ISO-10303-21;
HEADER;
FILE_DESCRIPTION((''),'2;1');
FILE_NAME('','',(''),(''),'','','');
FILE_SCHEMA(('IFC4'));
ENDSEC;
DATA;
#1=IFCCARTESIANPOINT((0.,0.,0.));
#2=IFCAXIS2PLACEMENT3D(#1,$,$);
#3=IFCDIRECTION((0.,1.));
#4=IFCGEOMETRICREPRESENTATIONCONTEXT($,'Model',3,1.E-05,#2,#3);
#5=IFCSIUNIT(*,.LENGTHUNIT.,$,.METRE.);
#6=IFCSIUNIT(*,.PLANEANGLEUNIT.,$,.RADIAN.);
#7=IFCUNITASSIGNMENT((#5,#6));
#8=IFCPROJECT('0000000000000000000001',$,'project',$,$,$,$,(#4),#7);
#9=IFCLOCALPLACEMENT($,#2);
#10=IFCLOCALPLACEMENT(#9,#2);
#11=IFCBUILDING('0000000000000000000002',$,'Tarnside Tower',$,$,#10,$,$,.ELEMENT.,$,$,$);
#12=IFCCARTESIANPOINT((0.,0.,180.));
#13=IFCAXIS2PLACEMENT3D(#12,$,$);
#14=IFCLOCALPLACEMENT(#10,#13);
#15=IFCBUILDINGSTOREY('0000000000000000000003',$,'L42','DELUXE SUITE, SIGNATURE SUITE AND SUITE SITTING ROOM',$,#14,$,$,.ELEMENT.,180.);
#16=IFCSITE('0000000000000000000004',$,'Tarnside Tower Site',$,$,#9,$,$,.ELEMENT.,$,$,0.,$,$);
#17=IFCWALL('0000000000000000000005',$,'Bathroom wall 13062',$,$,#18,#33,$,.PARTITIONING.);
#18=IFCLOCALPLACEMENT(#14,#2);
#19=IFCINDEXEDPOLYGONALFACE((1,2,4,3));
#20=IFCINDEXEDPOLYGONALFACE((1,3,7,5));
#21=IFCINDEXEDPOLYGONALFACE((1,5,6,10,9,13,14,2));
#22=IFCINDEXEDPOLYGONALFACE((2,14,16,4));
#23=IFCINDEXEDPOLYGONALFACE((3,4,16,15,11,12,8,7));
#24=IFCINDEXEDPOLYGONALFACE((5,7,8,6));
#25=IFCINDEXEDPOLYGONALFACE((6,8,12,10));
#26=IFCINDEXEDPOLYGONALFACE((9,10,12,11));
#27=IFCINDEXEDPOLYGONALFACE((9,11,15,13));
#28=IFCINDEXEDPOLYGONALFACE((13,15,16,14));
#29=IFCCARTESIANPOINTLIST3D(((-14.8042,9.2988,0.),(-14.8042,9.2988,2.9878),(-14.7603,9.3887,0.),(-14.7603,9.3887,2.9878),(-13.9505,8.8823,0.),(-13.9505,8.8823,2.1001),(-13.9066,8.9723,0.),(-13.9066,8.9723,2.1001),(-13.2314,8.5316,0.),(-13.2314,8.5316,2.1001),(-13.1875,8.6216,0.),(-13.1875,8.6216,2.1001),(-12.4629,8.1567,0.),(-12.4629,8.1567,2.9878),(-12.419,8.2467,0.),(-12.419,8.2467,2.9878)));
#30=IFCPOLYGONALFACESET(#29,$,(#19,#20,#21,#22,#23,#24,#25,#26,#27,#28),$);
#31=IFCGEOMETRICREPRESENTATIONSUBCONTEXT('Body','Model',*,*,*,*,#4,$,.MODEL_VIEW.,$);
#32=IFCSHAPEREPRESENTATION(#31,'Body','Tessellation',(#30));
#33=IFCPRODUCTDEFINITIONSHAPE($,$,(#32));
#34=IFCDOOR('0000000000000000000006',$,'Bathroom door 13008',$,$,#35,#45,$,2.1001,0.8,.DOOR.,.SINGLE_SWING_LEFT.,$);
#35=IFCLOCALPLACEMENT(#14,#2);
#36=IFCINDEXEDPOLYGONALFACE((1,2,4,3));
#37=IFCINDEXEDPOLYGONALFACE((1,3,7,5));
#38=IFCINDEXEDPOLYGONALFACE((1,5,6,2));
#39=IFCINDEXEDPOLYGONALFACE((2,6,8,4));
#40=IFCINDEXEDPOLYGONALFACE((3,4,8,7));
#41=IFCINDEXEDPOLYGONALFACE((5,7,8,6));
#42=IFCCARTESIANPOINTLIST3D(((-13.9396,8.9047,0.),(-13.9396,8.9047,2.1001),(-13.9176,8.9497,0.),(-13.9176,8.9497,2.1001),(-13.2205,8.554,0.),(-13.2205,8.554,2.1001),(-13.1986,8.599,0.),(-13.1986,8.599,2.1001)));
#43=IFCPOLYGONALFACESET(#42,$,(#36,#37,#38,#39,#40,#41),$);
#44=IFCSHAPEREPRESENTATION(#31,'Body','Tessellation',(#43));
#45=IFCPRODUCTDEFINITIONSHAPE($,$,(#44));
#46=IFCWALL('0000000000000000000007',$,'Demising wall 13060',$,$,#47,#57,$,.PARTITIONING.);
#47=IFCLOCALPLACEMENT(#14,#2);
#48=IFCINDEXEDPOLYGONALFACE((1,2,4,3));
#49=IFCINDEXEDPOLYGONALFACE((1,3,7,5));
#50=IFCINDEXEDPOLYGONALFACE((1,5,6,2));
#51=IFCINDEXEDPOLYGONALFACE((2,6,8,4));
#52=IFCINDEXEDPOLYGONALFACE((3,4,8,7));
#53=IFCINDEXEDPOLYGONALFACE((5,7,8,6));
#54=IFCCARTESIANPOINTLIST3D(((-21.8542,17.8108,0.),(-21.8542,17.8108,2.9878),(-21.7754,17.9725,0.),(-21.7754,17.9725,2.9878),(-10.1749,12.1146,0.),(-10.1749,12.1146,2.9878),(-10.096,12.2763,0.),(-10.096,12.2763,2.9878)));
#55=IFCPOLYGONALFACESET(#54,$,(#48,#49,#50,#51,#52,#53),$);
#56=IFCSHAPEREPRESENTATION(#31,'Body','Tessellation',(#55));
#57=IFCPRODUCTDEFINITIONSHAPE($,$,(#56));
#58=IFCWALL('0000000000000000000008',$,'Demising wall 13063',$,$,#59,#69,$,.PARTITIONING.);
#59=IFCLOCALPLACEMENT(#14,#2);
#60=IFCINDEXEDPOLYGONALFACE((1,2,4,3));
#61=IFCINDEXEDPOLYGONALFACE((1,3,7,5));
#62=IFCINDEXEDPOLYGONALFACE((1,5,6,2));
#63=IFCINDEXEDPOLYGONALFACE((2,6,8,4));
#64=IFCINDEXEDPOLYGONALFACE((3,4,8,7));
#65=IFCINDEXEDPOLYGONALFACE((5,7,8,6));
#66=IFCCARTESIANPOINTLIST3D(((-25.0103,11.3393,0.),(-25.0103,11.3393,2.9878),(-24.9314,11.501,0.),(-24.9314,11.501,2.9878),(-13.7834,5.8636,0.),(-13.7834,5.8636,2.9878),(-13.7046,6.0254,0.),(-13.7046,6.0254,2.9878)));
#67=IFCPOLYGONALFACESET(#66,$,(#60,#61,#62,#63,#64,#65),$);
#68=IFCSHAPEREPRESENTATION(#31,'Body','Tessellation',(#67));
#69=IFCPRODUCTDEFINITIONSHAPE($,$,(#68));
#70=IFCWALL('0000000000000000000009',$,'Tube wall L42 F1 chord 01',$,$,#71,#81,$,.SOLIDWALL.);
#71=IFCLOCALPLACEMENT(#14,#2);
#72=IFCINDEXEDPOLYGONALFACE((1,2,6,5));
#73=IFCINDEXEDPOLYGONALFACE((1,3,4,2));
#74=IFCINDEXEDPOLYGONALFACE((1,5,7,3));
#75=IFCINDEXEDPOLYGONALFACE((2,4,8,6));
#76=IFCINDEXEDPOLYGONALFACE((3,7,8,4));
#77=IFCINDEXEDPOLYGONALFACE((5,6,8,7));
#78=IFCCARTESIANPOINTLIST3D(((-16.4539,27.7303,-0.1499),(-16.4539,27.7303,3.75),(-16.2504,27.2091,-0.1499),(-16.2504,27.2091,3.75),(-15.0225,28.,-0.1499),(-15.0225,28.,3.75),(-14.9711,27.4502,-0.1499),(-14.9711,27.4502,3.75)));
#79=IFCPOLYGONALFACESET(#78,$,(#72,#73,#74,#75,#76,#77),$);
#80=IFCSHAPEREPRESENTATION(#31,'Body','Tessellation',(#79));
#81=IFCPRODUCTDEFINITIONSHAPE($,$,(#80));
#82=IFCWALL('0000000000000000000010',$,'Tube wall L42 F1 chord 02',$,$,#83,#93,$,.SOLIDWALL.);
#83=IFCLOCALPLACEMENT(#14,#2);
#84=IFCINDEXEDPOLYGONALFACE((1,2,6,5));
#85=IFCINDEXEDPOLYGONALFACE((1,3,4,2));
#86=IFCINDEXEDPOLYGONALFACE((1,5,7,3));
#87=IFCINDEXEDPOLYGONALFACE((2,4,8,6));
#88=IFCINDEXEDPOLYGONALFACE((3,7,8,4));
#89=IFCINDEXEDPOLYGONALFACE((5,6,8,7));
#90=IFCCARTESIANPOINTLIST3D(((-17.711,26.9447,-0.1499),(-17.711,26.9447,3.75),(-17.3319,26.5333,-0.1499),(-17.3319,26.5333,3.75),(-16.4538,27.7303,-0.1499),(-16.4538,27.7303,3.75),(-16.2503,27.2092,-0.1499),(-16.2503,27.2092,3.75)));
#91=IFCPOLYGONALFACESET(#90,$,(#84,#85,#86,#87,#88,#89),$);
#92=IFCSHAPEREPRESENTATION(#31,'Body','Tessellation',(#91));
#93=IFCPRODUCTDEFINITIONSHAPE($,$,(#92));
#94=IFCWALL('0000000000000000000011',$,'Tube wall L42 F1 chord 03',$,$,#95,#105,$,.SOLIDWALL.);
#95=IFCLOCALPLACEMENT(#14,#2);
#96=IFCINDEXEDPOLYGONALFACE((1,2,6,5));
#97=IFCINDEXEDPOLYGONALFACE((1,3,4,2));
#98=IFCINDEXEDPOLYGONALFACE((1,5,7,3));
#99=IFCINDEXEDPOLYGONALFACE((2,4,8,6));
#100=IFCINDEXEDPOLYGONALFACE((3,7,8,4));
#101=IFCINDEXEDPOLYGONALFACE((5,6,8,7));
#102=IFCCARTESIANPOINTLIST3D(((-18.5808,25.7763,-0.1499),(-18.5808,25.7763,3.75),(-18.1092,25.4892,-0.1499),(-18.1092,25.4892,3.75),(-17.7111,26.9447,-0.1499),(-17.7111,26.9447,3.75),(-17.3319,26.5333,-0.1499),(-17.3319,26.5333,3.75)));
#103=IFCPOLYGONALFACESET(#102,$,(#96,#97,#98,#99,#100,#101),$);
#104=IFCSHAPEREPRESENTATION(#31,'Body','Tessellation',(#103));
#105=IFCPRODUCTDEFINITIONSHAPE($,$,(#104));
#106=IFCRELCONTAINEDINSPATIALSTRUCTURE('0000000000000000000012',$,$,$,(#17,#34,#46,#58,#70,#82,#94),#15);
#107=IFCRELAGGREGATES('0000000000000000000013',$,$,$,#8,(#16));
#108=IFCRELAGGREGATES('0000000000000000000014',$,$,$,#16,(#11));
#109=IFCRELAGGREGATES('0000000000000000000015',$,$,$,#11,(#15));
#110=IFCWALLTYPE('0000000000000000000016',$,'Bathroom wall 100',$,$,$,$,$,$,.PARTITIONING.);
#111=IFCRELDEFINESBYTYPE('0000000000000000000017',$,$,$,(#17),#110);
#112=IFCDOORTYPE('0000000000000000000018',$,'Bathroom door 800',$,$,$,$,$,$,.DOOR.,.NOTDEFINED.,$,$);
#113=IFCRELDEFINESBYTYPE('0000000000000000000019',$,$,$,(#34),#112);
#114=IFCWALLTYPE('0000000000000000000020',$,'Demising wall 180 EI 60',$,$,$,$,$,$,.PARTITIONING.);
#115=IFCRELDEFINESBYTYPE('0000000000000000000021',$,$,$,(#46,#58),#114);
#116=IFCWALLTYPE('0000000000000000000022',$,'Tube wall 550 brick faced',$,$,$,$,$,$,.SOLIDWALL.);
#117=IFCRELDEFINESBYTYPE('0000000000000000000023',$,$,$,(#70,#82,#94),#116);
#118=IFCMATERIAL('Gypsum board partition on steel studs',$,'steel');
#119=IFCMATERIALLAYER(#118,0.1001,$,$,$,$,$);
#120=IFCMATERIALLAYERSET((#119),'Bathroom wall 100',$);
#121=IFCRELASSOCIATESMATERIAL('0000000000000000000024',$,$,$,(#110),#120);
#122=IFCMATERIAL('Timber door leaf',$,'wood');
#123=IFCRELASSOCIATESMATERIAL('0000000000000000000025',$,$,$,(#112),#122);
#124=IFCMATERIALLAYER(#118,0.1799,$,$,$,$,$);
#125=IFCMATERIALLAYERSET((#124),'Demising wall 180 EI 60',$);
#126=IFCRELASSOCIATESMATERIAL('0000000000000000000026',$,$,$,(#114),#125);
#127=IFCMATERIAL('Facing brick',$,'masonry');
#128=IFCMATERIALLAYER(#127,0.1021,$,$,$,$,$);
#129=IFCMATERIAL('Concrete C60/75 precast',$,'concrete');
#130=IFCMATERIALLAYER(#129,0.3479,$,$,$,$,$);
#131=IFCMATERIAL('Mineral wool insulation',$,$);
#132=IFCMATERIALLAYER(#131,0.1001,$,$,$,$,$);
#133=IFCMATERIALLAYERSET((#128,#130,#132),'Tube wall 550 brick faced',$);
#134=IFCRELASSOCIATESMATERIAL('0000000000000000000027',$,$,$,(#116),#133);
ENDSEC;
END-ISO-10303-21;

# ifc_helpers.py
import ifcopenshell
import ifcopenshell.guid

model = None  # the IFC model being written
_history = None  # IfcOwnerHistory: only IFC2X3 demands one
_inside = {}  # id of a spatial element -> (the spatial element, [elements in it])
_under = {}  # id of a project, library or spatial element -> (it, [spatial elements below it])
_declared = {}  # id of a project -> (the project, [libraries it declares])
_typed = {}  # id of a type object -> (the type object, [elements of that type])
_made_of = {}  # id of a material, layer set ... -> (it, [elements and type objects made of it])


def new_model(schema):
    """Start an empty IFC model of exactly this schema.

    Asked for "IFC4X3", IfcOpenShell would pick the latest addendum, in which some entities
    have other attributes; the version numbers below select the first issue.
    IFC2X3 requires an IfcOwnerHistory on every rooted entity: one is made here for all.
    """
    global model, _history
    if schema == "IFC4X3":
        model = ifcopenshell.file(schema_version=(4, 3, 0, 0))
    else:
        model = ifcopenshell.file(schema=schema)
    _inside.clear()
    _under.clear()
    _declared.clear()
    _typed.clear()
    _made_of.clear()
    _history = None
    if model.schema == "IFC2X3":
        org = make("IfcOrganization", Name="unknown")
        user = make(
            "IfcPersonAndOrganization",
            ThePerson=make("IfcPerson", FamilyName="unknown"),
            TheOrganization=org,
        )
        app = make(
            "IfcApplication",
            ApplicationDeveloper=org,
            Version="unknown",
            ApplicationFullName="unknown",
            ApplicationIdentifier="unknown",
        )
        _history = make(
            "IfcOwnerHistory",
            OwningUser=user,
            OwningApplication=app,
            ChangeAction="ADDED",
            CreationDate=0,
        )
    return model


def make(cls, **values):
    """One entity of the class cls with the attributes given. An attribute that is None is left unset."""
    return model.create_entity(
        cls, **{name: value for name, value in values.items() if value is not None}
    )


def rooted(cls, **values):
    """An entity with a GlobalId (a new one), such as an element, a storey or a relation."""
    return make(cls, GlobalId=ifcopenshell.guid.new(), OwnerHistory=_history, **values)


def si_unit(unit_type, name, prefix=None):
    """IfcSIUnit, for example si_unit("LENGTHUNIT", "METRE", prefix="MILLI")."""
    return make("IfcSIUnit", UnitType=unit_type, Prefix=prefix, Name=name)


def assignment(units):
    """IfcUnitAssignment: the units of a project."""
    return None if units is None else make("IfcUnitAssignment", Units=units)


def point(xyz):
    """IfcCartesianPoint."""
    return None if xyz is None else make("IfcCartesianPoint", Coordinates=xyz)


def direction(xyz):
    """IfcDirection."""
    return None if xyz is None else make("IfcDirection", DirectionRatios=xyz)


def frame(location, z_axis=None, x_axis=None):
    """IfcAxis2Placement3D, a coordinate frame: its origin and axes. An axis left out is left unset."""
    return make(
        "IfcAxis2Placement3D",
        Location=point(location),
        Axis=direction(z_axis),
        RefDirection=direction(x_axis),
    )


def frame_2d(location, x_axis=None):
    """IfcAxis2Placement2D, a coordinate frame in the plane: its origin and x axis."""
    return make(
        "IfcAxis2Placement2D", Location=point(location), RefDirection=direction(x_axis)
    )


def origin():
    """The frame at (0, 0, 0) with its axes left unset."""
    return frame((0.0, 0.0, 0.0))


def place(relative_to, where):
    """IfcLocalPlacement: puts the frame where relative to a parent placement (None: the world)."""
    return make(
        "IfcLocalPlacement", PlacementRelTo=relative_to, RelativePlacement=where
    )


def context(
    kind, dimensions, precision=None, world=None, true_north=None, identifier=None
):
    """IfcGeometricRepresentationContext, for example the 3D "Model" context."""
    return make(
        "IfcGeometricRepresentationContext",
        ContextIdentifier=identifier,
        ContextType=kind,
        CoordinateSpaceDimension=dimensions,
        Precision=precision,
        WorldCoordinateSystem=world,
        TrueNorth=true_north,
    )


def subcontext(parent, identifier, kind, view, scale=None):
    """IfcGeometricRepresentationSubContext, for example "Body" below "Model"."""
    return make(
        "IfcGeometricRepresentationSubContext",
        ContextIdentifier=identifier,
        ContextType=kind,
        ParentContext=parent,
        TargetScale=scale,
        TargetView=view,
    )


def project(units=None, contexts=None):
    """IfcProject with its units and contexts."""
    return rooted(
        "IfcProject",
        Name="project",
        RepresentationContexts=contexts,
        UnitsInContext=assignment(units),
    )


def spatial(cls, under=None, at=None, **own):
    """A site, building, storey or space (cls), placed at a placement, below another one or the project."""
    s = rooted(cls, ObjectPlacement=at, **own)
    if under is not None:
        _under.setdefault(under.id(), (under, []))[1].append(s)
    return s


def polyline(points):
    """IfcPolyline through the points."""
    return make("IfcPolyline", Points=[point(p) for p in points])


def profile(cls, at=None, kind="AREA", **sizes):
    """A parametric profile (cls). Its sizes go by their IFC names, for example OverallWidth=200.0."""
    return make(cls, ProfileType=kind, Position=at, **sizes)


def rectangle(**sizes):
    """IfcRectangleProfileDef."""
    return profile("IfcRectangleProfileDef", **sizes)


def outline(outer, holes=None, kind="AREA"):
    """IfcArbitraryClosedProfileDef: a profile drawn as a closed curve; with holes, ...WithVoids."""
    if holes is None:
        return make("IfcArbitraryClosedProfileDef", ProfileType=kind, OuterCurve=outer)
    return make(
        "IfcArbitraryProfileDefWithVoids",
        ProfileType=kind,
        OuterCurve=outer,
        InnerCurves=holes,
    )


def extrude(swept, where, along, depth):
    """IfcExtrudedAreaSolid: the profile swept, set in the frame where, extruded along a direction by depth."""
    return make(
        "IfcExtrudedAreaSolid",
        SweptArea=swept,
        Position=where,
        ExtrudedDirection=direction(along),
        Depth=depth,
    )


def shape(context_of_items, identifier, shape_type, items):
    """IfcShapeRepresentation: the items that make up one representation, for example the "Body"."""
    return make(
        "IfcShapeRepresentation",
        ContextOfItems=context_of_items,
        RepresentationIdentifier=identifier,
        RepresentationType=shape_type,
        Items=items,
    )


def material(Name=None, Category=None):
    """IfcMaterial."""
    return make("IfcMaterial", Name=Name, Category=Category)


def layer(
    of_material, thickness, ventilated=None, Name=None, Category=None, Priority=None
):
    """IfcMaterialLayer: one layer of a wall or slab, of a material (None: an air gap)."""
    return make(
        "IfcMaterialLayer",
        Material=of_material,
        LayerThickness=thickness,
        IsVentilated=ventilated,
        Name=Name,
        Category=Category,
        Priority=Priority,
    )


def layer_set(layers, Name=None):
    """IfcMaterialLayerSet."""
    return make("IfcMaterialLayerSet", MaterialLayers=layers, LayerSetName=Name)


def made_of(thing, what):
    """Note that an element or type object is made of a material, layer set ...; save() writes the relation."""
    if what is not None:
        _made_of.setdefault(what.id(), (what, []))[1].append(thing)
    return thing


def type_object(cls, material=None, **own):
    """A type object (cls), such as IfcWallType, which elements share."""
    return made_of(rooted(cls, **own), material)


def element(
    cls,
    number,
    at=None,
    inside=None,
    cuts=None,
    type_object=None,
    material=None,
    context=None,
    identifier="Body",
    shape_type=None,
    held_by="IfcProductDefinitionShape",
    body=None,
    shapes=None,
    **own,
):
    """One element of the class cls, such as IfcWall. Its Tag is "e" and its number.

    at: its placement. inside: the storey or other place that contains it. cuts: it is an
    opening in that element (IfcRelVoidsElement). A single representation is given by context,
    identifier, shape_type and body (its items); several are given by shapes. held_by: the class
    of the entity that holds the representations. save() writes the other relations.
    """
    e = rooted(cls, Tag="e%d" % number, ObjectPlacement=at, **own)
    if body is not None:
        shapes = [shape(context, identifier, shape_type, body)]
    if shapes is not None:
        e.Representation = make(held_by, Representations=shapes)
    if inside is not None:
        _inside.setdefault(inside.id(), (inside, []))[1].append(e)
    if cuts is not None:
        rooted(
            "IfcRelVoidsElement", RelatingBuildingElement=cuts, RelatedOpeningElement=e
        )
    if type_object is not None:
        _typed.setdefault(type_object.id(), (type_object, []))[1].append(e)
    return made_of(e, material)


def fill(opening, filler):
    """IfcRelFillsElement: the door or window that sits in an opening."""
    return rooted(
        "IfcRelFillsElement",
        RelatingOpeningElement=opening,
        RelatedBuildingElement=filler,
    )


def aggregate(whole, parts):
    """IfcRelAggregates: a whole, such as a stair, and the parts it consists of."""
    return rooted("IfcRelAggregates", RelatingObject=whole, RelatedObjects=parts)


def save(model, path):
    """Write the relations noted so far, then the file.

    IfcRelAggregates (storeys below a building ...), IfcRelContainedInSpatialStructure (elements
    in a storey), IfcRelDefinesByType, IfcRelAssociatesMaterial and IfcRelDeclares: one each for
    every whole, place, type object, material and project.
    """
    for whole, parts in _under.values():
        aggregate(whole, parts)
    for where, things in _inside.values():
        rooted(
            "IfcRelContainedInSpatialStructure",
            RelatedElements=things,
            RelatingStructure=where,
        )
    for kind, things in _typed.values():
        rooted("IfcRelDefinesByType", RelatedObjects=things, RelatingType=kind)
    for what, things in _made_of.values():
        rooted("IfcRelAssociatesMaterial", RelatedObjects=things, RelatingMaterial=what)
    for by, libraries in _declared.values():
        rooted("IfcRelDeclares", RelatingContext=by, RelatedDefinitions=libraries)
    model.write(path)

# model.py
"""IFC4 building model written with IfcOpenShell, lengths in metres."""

from ifc_helpers import new_model, si_unit, direction, frame, frame_2d, origin, place, context, subcontext, project, spatial, polyline, rectangle, outline, extrude, material, layer, layer_set, type_object, element, fill, save


model = new_model("IFC4")

# Units and contexts
model_context = context("Model", 3, precision=1e-05, world=origin(), true_north=direction((0.0, 1.0)))
body_context = subcontext(model_context, "Body", "Model", "MODEL_VIEW")
ifc_project = project(units=[si_unit("LENGTHUNIT", "METRE"), si_unit("PLANEANGLEUNIT", "RADIAN")], contexts=[model_context])

# Site, building, storey
site_placement = place(None, origin())
site = spatial("IfcSite", under=ifc_project, at=site_placement, Name="Tarnside Tower Site", CompositionType="ELEMENT", RefElevation=0.0)
building_placement = place(site_placement, origin())
building = spatial("IfcBuilding", under=site, at=building_placement, Name="Tarnside Tower", CompositionType="ELEMENT")
storey_placement = place(building_placement, frame((0.0, 0.0, 180.0)))
storey = spatial("IfcBuildingStorey", under=building, at=storey_placement, Name="L42", Description="DELUXE SUITE, SIGNATURE SUITE AND SUITE SITTING ROOM", CompositionType="ELEMENT", Elevation=180.0)

# Wall, opening, door
ifc_material_1 = material(Name="Gypsum board partition on steel studs", Category="steel")
ifc_layer_1 = layer(ifc_material_1, 0.1001)
ifc_layer_set_1 = layer_set([ifc_layer_1], Name="Bathroom wall 100")
wall_type_1 = type_object("IfcWallType", Name="Bathroom wall 100", PredefinedType="PARTITIONING", material=ifc_layer_set_1)
wall_1_placement = place(storey_placement, frame((-14.7822, 9.3438, 0.0), z_axis=(0.0, 0.0, 1.0), x_axis=(0.89877, -0.43842, 0.0)))
wall_1 = element("IfcWall", 1, at=wall_1_placement, inside=storey, type_object=wall_type_1, Name="Bathroom wall 13062", PredefinedType="PARTITIONING", context=body_context, shape_type="SweptSolid", body=[
    extrude(rectangle(XDim=2.605, YDim=0.1001, at=frame_2d((1.3025, 0.0))), origin(), (0.0, 0.0, 1.0), 2.9878),
])
opening_1_placement = place(wall_1_placement, frame((0.95, 0.0, 0.0)))
opening_1 = element("IfcOpeningElement", 2, at=opening_1_placement, cuts=wall_1, PredefinedType="OPENING", context=body_context, shape_type="SweptSolid", body=[
    extrude(rectangle(XDim=0.8, YDim=2.1001, at=frame_2d((0.3999, 1.05))), frame((0.0, 0.0601, 0.0), z_axis=(0.0, -1.0, 0.0), x_axis=(1.0, 0.0, 0.0)), (0.0, 0.0, 1.0), 0.1201),
])
ifc_material_2 = material(Name="Timber door leaf", Category="wood")
door_type = type_object("IfcDoorType", Name="Bathroom door 800", OperationType="NOTDEFINED", PredefinedType="DOOR", material=ifc_material_2)
door_placement = place(opening_1_placement, origin())
door = element("IfcDoor", 3, at=door_placement, inside=storey, type_object=door_type, Name="Bathroom door 13008", OperationType="SINGLE_SWING_LEFT", OverallHeight=2.1001, OverallWidth=0.8, PredefinedType="DOOR", context=body_context, shape_type="SweptSolid", body=[
    extrude(rectangle(XDim=0.8, YDim=2.1001, at=frame_2d((0.3999, 1.05))), frame((0.0, 0.0249, 0.0), z_axis=(0.0, -1.0, 0.0), x_axis=(1.0, 0.0, 0.0)), (0.0, 0.0, 1.0), 0.05),
])
fill(opening_1, door)

# Walls
ifc_layer_2 = layer(ifc_material_1, 0.1799)
ifc_layer_set_2 = layer_set([ifc_layer_2], Name="Demising wall 180 EI 60")
wall_type_2 = type_object("IfcWallType", Name="Demising wall 180 EI 60", PredefinedType="PARTITIONING", material=ifc_layer_set_2)
wall_2_placement = place(storey_placement, frame((-21.8147, 17.8916, 0.0), z_axis=(0.0, 0.0, 1.0), x_axis=(0.898799, -0.438361, 0.0)))
element("IfcWall", 4, at=wall_2_placement, inside=storey, type_object=wall_type_2, Name="Demising wall 13060", PredefinedType="PARTITIONING", context=body_context, shape_type="SweptSolid", body=[
    extrude(rectangle(XDim=12.9944, YDim=0.1799, at=frame_2d((6.4971, 0.0))), origin(), (0.0, 0.0, 1.0), 2.9878),
])
wall_3_placement = place(storey_placement, frame((-24.9709, 11.4202, 0.0), z_axis=(0.0, 0.0, 1.0), x_axis=(0.898797, -0.438365, 0.0)))
element("IfcWall", 5, at=wall_3_placement, inside=storey, type_object=wall_type_2, Name="Demising wall 13063", PredefinedType="PARTITIONING", context=body_context, shape_type="SweptSolid", body=[
    extrude(rectangle(XDim=12.491, YDim=0.1799, at=frame_2d((6.2456, 0.0))), origin(), (0.0, 0.0, 1.0), 2.9878),
])
ifc_material_3 = material(Name="Facing brick", Category="masonry")
ifc_layer_3 = layer(ifc_material_3, 0.1021)
ifc_material_4 = material(Name="Concrete C60/75 precast", Category="concrete")
ifc_layer_4 = layer(ifc_material_4, 0.3479)
ifc_material_5 = material(Name="Mineral wool insulation")
ifc_layer_5 = layer(ifc_material_5, 0.1001)
ifc_layer_set_3 = layer_set([ifc_layer_3, ifc_layer_4, ifc_layer_5], Name="Tube wall 550 brick faced")
wall_type_3 = type_object("IfcWallType", Name="Tube wall 550 brick faced", PredefinedType="SOLIDWALL", material=ifc_layer_set_3)
wall_4_placement = place(storey_placement, frame((-14.9968, 27.7251, -0.1499), z_axis=(0.0, 0.0, 1.0), x_axis=(-0.982705, -0.185176, 0.0)))
element("IfcWall", 6, at=wall_4_placement, inside=storey, type_object=wall_type_3, Name="Tube wall L42 F1 chord 01", PredefinedType="SOLIDWALL", context=body_context, shape_type="SweptSolid", body=[
    extrude(outline(polyline([(-0.0256, -0.2749), (1.4309, -0.2749), (1.3274, 0.2749), (0.0256, 0.2749), (-0.0256, -0.2749)])), origin(), (0.0, 0.0, 1.0), 3.8999),
])
wall_5_placement = place(storey_placement, frame((-16.3521, 27.4697, -0.1499), z_axis=(0.0, 0.0, 1.0), x_axis=(-0.848058, -0.529903, 0.0)))
element("IfcWall", 7, at=wall_5_placement, inside=storey, type_object=wall_type_3, Name="Tube wall L42 F1 chord 02", PredefinedType="SOLIDWALL", context=body_context, shape_type="SweptSolid", body=[
    extrude(outline(polyline([(-0.0518, -0.2749), (1.4307, -0.2749), (1.3271, 0.2749), (0.0518, 0.2749), (-0.0518, -0.2749)])), origin(), (0.0, 0.0, 1.0), 3.8999),
])
wall_6_placement = place(storey_placement, frame((-17.5215, 26.739, -0.1499), z_axis=(0.0, 0.0, 1.0), x_axis=(-0.597135, -0.802141, 0.0)))
element("IfcWall", 8, at=wall_6_placement, inside=storey, type_object=wall_type_3, Name="Tube wall L42 F1 chord 03", PredefinedType="SOLIDWALL", context=body_context, shape_type="SweptSolid", body=[
    extrude(outline(polyline([(-0.0518, -0.2749), (1.4048, -0.2749), (1.3535, 0.2749), (0.0518, 0.2749), (-0.0518, -0.2749)])), origin(), (0.0, 0.0, 1.0), 3.8999),
])

save(model, "model.ifc")
